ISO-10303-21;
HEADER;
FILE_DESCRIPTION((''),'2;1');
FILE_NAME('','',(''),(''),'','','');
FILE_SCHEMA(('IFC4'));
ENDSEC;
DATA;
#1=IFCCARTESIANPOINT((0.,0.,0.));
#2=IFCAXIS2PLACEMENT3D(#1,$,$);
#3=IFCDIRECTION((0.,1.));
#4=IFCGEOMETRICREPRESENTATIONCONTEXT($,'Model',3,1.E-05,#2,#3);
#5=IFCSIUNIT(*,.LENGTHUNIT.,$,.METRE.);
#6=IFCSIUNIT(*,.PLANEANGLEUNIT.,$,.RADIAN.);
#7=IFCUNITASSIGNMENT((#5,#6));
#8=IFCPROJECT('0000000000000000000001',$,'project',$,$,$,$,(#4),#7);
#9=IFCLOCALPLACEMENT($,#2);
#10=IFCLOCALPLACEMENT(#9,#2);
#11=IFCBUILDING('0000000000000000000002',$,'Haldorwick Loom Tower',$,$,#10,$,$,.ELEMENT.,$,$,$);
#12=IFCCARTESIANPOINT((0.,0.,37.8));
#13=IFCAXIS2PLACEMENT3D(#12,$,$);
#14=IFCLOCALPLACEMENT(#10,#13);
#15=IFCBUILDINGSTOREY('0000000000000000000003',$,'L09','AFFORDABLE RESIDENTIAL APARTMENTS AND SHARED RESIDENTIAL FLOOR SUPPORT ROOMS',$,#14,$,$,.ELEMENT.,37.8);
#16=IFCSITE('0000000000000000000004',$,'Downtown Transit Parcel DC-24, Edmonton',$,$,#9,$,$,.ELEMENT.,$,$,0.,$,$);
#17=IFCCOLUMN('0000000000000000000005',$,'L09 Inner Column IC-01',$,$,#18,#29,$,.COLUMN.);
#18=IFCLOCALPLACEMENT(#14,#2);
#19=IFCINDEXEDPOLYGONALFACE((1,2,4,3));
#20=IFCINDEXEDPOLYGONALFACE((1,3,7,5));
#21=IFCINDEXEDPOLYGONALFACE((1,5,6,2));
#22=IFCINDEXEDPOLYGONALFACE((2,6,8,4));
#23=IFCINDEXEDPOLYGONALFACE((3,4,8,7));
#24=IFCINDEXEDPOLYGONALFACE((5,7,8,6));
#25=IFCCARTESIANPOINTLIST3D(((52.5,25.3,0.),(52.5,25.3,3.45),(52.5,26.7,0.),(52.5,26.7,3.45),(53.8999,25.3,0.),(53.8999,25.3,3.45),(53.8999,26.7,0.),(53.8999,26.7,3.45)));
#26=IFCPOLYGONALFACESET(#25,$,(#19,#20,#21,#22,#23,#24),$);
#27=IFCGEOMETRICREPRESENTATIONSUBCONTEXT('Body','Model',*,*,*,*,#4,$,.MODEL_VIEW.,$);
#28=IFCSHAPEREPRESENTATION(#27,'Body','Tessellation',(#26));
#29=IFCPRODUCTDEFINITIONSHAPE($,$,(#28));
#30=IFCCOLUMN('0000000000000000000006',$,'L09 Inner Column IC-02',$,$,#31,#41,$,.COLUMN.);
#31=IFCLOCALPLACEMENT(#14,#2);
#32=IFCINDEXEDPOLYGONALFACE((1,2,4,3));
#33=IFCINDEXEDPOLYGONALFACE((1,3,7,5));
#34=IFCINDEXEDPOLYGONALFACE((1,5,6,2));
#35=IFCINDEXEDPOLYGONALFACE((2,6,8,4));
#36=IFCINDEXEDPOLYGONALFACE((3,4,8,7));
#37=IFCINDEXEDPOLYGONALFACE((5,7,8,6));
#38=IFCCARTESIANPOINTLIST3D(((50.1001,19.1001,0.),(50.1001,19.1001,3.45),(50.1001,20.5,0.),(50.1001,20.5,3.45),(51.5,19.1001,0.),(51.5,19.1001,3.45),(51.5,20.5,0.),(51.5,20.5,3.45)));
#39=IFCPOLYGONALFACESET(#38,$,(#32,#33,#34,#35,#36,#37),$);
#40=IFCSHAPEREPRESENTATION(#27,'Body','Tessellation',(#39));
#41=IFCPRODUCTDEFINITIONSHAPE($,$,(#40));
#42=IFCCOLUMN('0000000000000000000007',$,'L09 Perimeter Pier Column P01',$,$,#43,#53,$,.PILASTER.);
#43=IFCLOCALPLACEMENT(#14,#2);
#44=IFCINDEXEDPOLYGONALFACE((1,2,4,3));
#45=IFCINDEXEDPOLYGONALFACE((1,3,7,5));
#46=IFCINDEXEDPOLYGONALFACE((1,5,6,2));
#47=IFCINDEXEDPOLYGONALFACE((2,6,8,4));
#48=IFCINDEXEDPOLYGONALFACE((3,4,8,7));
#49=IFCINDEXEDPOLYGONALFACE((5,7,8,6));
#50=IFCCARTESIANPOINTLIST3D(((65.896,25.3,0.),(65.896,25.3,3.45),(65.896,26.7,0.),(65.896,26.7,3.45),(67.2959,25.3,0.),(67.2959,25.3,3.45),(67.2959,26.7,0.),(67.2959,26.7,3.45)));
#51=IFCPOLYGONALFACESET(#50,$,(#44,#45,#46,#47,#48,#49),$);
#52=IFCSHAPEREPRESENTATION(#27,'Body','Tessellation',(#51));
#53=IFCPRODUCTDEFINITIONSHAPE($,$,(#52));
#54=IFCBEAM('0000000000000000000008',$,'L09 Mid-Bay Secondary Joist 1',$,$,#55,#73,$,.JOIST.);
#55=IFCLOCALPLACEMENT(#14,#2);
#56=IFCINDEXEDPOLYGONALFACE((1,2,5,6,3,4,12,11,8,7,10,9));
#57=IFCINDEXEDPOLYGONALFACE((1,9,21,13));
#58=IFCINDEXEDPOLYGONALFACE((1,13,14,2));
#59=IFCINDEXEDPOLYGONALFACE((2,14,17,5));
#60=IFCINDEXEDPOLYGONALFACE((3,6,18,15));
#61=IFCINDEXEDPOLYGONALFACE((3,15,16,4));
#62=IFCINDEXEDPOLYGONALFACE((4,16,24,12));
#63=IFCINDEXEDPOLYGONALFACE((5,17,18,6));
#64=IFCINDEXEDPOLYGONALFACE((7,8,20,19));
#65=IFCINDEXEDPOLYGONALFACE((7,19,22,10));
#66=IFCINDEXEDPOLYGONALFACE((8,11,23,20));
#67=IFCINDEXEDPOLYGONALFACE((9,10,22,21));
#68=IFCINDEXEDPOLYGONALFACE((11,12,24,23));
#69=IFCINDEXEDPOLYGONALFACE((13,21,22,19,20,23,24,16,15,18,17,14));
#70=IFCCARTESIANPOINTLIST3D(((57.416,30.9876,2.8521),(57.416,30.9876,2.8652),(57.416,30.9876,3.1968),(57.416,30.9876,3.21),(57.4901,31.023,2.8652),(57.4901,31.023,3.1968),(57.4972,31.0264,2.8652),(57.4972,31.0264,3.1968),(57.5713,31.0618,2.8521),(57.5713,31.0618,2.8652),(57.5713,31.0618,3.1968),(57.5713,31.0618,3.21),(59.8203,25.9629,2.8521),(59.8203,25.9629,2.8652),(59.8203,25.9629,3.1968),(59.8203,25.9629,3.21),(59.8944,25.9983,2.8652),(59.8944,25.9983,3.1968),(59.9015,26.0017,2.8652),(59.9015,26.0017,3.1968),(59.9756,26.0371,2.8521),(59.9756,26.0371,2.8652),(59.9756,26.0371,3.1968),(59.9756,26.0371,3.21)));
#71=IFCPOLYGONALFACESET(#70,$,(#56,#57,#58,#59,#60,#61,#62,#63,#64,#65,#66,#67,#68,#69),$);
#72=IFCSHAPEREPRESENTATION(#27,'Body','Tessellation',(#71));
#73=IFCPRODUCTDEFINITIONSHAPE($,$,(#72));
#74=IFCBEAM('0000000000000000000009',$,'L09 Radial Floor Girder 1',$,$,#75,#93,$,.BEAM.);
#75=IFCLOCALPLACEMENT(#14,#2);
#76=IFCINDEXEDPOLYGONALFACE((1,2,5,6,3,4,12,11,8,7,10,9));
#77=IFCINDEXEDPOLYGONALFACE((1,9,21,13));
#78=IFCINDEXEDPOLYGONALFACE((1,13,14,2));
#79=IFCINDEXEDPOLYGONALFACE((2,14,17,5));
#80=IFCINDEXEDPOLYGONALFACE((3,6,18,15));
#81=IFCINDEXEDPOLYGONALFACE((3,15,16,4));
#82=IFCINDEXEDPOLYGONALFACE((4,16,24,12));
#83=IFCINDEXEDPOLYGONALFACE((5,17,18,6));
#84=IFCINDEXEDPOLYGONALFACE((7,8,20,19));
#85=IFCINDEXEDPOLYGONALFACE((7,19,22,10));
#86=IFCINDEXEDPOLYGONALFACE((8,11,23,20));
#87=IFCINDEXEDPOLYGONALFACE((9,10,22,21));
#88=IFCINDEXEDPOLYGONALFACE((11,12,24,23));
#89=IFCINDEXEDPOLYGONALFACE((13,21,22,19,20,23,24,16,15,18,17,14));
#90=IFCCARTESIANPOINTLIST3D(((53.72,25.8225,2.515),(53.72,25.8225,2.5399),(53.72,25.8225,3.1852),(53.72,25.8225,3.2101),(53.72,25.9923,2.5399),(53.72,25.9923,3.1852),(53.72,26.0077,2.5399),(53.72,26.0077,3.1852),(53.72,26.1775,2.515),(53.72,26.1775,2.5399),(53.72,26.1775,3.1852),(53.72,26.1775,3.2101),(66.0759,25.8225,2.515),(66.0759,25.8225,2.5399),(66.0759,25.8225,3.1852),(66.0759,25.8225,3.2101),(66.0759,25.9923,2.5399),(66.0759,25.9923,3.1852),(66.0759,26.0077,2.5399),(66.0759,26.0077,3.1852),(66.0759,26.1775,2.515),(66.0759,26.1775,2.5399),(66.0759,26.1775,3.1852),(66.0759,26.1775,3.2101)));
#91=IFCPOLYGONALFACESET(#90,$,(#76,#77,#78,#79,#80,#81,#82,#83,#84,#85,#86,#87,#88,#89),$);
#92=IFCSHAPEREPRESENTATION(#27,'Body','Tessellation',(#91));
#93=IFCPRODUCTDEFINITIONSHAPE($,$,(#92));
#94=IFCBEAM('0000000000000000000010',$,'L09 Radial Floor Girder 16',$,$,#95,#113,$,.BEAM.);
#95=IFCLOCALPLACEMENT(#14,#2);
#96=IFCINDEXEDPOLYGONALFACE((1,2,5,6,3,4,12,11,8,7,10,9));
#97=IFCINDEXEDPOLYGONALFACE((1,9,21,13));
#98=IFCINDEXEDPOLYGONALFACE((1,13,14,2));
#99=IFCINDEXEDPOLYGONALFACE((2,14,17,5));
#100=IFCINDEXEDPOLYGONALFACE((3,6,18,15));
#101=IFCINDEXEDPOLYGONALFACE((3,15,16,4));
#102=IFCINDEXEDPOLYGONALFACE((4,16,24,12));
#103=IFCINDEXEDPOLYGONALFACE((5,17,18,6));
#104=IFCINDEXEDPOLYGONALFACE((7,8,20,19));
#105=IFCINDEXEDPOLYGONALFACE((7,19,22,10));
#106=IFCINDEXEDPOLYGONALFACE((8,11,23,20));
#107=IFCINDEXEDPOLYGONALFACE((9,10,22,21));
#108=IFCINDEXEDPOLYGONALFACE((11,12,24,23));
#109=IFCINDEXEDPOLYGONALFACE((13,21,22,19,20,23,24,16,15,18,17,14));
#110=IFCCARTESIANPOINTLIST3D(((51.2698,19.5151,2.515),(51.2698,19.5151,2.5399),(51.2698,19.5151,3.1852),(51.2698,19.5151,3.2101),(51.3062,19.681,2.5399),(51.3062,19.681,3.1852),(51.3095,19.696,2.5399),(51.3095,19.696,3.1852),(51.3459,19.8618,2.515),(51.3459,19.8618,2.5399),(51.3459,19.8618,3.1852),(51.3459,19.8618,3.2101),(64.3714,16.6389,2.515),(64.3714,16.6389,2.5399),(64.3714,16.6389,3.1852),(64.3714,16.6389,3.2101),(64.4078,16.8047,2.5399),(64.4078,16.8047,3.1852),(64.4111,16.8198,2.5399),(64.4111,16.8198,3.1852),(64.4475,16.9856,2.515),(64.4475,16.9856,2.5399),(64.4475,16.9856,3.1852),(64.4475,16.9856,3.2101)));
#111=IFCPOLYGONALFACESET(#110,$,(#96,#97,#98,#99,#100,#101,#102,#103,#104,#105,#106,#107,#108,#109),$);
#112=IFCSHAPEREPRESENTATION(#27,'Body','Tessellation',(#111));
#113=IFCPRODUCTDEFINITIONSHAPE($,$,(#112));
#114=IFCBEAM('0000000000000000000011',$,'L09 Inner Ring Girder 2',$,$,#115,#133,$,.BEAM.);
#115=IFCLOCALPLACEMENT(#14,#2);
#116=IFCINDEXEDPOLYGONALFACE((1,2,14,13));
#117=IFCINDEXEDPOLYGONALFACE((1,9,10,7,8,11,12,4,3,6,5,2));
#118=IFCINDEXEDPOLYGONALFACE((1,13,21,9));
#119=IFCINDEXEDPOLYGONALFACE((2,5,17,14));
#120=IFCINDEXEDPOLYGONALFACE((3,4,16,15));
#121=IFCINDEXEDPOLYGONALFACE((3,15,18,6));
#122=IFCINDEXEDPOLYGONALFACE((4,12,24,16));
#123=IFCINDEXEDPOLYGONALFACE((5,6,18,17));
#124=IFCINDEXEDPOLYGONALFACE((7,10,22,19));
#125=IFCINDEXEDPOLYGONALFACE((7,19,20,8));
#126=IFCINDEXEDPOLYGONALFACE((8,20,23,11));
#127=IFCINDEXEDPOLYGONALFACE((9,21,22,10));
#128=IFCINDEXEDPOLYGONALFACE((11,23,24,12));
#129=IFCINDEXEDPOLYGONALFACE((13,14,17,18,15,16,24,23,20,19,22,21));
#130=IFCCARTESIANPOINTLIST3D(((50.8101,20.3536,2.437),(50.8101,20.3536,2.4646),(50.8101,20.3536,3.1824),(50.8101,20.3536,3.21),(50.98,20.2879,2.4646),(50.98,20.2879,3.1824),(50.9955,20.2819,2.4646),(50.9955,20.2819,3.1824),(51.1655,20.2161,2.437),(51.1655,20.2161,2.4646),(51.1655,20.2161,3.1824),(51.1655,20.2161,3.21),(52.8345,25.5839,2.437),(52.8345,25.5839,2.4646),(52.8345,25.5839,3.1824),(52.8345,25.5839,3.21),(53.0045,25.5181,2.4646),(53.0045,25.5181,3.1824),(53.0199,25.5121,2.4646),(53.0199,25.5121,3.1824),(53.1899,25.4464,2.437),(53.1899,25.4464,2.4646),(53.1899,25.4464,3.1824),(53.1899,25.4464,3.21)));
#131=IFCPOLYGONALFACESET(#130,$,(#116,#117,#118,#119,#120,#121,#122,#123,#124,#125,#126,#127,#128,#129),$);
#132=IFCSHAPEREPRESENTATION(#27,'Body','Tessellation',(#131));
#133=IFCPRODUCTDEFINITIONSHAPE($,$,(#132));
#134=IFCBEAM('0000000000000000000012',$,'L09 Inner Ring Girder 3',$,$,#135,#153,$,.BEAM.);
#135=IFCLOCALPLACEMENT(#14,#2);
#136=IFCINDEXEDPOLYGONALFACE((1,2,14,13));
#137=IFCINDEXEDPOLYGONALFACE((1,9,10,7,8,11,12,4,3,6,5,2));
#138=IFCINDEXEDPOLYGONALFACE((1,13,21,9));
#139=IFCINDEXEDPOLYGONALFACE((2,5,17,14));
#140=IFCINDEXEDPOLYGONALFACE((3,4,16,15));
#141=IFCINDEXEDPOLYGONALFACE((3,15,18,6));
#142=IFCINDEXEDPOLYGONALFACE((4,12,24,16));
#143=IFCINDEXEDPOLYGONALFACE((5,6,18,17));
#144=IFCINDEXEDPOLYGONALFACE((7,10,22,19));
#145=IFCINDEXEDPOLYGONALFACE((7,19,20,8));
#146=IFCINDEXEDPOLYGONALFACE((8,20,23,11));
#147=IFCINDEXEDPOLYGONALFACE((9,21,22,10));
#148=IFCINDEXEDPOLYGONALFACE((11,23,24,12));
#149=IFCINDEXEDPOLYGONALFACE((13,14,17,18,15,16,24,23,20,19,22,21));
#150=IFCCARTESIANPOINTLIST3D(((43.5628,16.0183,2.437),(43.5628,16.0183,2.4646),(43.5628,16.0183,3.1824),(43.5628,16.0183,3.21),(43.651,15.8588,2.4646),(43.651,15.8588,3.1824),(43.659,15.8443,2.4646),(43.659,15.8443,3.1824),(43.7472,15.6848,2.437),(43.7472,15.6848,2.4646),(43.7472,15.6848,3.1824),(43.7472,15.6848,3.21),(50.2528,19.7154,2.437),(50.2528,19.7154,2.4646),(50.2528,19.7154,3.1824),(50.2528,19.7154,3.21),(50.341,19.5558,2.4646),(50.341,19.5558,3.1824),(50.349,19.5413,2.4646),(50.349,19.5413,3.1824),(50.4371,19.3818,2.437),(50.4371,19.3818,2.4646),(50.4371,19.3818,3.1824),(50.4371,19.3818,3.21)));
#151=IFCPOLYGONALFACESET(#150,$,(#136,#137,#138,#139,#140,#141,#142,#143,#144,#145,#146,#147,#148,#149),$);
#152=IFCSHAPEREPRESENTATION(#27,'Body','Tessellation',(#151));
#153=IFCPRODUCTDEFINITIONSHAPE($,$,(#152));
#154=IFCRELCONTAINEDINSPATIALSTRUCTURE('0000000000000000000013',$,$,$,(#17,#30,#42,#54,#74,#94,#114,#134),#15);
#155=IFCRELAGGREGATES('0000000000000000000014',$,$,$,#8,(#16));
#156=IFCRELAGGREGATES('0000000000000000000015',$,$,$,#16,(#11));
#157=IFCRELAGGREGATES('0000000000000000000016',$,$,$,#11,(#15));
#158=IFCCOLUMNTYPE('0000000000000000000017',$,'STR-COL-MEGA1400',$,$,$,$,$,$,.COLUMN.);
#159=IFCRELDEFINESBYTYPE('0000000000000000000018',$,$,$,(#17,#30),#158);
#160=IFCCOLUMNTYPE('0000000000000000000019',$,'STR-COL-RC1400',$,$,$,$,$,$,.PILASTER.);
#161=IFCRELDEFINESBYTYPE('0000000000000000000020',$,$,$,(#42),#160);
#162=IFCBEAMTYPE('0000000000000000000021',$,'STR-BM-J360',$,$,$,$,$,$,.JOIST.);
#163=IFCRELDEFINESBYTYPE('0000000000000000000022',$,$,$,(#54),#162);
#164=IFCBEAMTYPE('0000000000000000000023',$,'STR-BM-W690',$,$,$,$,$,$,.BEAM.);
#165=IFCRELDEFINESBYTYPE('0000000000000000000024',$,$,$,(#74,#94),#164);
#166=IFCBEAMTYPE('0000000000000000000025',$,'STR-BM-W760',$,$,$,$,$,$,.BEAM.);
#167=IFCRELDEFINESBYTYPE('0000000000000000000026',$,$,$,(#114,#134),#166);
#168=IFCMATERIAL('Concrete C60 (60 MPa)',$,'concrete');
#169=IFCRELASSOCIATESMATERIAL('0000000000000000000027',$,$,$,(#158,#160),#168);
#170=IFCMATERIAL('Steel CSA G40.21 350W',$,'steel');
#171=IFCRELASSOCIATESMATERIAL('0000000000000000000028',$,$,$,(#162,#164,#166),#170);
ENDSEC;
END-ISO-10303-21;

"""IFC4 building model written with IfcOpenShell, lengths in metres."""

from ifc_helpers import new_model, si_unit, direction, frame, origin, origin_2d, place, context, subcontext, project, spatial, rectangle, i_section, extrude, material, material_profile, profile_set, type_object, element, save


model = new_model("IFC4")

# Units and contexts
model_context = context("Model", 3, precision=1e-05, world=origin(), true_north=direction((0.0, 1.0)))
body_context = subcontext(model_context, "Body", "Model", "MODEL_VIEW")
ifc_project = project(units=[si_unit("LENGTHUNIT", "METRE"), si_unit("PLANEANGLEUNIT", "RADIAN")], contexts=[model_context])

# Site, building, storey
site_placement = place(None, origin())
site = spatial("IfcSite", under=ifc_project, at=site_placement, Name="Downtown Transit Parcel DC-24, Edmonton", CompositionType="ELEMENT", RefElevation=0.0)
building_placement = place(site_placement, origin())
building = spatial("IfcBuilding", under=site, at=building_placement, Name="Haldorwick Loom Tower", CompositionType="ELEMENT")
storey_placement = place(building_placement, frame((0.0, 0.0, 37.8)))
storey = spatial("IfcBuildingStorey", under=building, at=storey_placement, Name="L09", Description="AFFORDABLE RESIDENTIAL APARTMENTS AND SHARED RESIDENTIAL FLOOR SUPPORT ROOMS", CompositionType="ELEMENT", Elevation=37.8)

# Columns
ifc_material_1 = material(Name="Concrete C60 (60 MPa)", Category="concrete")
ifc_material_profile_1 = material_profile(ifc_material_1, rectangle(XDim=1.3999, YDim=1.3999, at=origin_2d()), Name="RC1400X1400", Category="concrete")
ifc_profile_set_1 = profile_set([ifc_material_profile_1], Name="Concrete C60 (60 MPa)")
column_type_1 = type_object("IfcColumnType", Name="STR-COL-MEGA1400", PredefinedType="COLUMN", material=ifc_profile_set_1)
for number, where, z_axis, x_axis, name in (
    (1, (53.2, 26.0, 0.0), (0.0, 0.0, 1.0), (1.0, 0.0, 0.0), "L09 Inner Column IC-01"),
    (2, (50.8, 19.8, 0.0), (0.0, 0.0, 1.0), (1.0, 0.0, 0.0), "L09 Inner Column IC-02"),
):
    element("IfcColumn", number, at=place(storey_placement, frame(where, z_axis=z_axis, x_axis=x_axis)), inside=storey, type_object=column_type_1, Name=name, PredefinedType="COLUMN", context=body_context, shape_type="SweptSolid", body=[
        extrude(rectangle(XDim=1.3999, YDim=1.3999, at=origin_2d()), origin(), (0.0, 0.0, 1.0), 3.45),
    ])
ifc_material_profile_2 = material_profile(ifc_material_1, rectangle(XDim=1.3999, YDim=1.3999, at=origin_2d()), Name="RC1400X1400", Category="concrete")
ifc_profile_set_2 = profile_set([ifc_material_profile_2], Name="Concrete C60 (60 MPa)")
column_type_2 = type_object("IfcColumnType", Name="STR-COL-RC1400", PredefinedType="PILASTER", material=ifc_profile_set_2)
column_placement = place(storey_placement, frame((66.5959, 26.0, 0.0), z_axis=(0.0, 0.0, 1.0), x_axis=(1.0, 0.0, 0.0)))
element("IfcColumn", 3, at=column_placement, inside=storey, type_object=column_type_2, Name="L09 Perimeter Pier Column P01", PredefinedType="PILASTER", context=body_context, shape_type="SweptSolid", body=[
    extrude(rectangle(XDim=1.3999, YDim=1.3999, at=origin_2d()), origin(), (0.0, 0.0, 1.0), 3.45),
])

# Beams
ifc_material_2 = material(Name="Steel CSA G40.21 350W", Category="steel")
ifc_material_profile_3 = material_profile(ifc_material_2, i_section(OverallWidth=0.1721, OverallDepth=0.3579, WebThickness=0.0078, FlangeThickness=0.0132, at=origin_2d()), Name="W360X57", Category="steel")
ifc_profile_set_3 = profile_set([ifc_material_profile_3], Name="Steel CSA G40.21 350W")
beam_type_1 = type_object("IfcBeamType", Name="STR-BM-J360", PredefinedType="JOIST", material=ifc_profile_set_3)
beam_1_placement = place(storey_placement, frame((59.8979, 26.0, 3.031), z_axis=(-0.431631, 0.90205, 0.0), x_axis=(-0.90205, -0.431631, 0.0)))
element("IfcBeam", 4, at=beam_1_placement, inside=storey, type_object=beam_type_1, Name="L09 Mid-Bay Secondary Joist 1", PredefinedType="JOIST", context=body_context, shape_type="SweptSolid", body=[
    extrude(i_section(OverallWidth=0.1721, OverallDepth=0.3579, WebThickness=0.0078, FlangeThickness=0.0132, at=origin_2d()), origin(), (0.0, 0.0, 1.0), 5.5703),
])
ifc_material_profile_4 = material_profile(ifc_material_2, i_section(OverallWidth=0.355, OverallDepth=0.6951, WebThickness=0.0154, FlangeThickness=0.0249, at=origin_2d()), Name="W690X217", Category="steel")
ifc_profile_set_4 = profile_set([ifc_material_profile_4], Name="Steel CSA G40.21 350W")
beam_type_2 = type_object("IfcBeamType", Name="STR-BM-W690", PredefinedType="BEAM", material=ifc_profile_set_4)
beam_2_placement = place(storey_placement, frame((53.72, 26.0, 2.8625), z_axis=(1.0, 0.0, 0.0), x_axis=(0.0, 1.0, 0.0)))
element("IfcBeam", 5, at=beam_2_placement, inside=storey, type_object=beam_type_2, Name="L09 Radial Floor Girder 1", PredefinedType="BEAM", context=body_context, shape_type="SweptSolid", body=[
    extrude(i_section(OverallWidth=0.355, OverallDepth=0.6951, WebThickness=0.0154, FlangeThickness=0.0249, at=origin_2d()), origin(), (0.0, 0.0, 1.0), 12.356),
])
beam_3_placement = place(storey_placement, frame((51.3079, 19.6885, 2.8625), z_axis=(0.97674, -0.214426, 0.0), x_axis=(0.214426, 0.97674, 0.0)))
element("IfcBeam", 6, at=beam_3_placement, inside=storey, type_object=beam_type_2, Name="L09 Radial Floor Girder 16", PredefinedType="BEAM", context=body_context, shape_type="SweptSolid", body=[
    extrude(i_section(OverallWidth=0.355, OverallDepth=0.6951, WebThickness=0.0154, FlangeThickness=0.0249, at=origin_2d()), origin(), (0.0, 0.0, 1.0), 13.4136),
])
ifc_material_profile_5 = material_profile(ifc_material_2, i_section(OverallWidth=0.3811, OverallDepth=0.7729, WebThickness=0.0166, FlangeThickness=0.0276, at=origin_2d()), Name="W760X257", Category="steel")
ifc_profile_set_5 = profile_set([ifc_material_profile_5], Name="Steel CSA G40.21 350W")
beam_type_3 = type_object("IfcBeamType", Name="STR-BM-W760", PredefinedType="BEAM", material=ifc_profile_set_5)
beam_4_placement = place(storey_placement, frame((53.0122, 25.5151, 2.8235), z_axis=(-0.360965, -0.932579, 0.0), x_axis=(0.932579, -0.360965, 0.0)))
element("IfcBeam", 7, at=beam_4_placement, inside=storey, type_object=beam_type_3, Name="L09 Inner Ring Girder 2", PredefinedType="BEAM", context=body_context, shape_type="SweptSolid", body=[
    extrude(i_section(OverallWidth=0.3811, OverallDepth=0.7729, WebThickness=0.0166, FlangeThickness=0.0276, at=origin_2d()), origin(), (0.0, 0.0, 1.0), 5.6084),
])
beam_5_placement = place(storey_placement, frame((50.345, 19.5486, 2.8235), z_axis=(-0.875244, -0.483681, 0.0), x_axis=(0.483681, -0.875244, 0.0)))
element("IfcBeam", 8, at=beam_5_placement, inside=storey, type_object=beam_type_3, Name="L09 Inner Ring Girder 3", PredefinedType="BEAM", context=body_context, shape_type="SweptSolid", body=[
    extrude(i_section(OverallWidth=0.3811, OverallDepth=0.7729, WebThickness=0.0166, FlangeThickness=0.0276, at=origin_2d()), origin(), (0.0, 0.0, 1.0), 7.6436),
])

save(model, "model.ifc")
